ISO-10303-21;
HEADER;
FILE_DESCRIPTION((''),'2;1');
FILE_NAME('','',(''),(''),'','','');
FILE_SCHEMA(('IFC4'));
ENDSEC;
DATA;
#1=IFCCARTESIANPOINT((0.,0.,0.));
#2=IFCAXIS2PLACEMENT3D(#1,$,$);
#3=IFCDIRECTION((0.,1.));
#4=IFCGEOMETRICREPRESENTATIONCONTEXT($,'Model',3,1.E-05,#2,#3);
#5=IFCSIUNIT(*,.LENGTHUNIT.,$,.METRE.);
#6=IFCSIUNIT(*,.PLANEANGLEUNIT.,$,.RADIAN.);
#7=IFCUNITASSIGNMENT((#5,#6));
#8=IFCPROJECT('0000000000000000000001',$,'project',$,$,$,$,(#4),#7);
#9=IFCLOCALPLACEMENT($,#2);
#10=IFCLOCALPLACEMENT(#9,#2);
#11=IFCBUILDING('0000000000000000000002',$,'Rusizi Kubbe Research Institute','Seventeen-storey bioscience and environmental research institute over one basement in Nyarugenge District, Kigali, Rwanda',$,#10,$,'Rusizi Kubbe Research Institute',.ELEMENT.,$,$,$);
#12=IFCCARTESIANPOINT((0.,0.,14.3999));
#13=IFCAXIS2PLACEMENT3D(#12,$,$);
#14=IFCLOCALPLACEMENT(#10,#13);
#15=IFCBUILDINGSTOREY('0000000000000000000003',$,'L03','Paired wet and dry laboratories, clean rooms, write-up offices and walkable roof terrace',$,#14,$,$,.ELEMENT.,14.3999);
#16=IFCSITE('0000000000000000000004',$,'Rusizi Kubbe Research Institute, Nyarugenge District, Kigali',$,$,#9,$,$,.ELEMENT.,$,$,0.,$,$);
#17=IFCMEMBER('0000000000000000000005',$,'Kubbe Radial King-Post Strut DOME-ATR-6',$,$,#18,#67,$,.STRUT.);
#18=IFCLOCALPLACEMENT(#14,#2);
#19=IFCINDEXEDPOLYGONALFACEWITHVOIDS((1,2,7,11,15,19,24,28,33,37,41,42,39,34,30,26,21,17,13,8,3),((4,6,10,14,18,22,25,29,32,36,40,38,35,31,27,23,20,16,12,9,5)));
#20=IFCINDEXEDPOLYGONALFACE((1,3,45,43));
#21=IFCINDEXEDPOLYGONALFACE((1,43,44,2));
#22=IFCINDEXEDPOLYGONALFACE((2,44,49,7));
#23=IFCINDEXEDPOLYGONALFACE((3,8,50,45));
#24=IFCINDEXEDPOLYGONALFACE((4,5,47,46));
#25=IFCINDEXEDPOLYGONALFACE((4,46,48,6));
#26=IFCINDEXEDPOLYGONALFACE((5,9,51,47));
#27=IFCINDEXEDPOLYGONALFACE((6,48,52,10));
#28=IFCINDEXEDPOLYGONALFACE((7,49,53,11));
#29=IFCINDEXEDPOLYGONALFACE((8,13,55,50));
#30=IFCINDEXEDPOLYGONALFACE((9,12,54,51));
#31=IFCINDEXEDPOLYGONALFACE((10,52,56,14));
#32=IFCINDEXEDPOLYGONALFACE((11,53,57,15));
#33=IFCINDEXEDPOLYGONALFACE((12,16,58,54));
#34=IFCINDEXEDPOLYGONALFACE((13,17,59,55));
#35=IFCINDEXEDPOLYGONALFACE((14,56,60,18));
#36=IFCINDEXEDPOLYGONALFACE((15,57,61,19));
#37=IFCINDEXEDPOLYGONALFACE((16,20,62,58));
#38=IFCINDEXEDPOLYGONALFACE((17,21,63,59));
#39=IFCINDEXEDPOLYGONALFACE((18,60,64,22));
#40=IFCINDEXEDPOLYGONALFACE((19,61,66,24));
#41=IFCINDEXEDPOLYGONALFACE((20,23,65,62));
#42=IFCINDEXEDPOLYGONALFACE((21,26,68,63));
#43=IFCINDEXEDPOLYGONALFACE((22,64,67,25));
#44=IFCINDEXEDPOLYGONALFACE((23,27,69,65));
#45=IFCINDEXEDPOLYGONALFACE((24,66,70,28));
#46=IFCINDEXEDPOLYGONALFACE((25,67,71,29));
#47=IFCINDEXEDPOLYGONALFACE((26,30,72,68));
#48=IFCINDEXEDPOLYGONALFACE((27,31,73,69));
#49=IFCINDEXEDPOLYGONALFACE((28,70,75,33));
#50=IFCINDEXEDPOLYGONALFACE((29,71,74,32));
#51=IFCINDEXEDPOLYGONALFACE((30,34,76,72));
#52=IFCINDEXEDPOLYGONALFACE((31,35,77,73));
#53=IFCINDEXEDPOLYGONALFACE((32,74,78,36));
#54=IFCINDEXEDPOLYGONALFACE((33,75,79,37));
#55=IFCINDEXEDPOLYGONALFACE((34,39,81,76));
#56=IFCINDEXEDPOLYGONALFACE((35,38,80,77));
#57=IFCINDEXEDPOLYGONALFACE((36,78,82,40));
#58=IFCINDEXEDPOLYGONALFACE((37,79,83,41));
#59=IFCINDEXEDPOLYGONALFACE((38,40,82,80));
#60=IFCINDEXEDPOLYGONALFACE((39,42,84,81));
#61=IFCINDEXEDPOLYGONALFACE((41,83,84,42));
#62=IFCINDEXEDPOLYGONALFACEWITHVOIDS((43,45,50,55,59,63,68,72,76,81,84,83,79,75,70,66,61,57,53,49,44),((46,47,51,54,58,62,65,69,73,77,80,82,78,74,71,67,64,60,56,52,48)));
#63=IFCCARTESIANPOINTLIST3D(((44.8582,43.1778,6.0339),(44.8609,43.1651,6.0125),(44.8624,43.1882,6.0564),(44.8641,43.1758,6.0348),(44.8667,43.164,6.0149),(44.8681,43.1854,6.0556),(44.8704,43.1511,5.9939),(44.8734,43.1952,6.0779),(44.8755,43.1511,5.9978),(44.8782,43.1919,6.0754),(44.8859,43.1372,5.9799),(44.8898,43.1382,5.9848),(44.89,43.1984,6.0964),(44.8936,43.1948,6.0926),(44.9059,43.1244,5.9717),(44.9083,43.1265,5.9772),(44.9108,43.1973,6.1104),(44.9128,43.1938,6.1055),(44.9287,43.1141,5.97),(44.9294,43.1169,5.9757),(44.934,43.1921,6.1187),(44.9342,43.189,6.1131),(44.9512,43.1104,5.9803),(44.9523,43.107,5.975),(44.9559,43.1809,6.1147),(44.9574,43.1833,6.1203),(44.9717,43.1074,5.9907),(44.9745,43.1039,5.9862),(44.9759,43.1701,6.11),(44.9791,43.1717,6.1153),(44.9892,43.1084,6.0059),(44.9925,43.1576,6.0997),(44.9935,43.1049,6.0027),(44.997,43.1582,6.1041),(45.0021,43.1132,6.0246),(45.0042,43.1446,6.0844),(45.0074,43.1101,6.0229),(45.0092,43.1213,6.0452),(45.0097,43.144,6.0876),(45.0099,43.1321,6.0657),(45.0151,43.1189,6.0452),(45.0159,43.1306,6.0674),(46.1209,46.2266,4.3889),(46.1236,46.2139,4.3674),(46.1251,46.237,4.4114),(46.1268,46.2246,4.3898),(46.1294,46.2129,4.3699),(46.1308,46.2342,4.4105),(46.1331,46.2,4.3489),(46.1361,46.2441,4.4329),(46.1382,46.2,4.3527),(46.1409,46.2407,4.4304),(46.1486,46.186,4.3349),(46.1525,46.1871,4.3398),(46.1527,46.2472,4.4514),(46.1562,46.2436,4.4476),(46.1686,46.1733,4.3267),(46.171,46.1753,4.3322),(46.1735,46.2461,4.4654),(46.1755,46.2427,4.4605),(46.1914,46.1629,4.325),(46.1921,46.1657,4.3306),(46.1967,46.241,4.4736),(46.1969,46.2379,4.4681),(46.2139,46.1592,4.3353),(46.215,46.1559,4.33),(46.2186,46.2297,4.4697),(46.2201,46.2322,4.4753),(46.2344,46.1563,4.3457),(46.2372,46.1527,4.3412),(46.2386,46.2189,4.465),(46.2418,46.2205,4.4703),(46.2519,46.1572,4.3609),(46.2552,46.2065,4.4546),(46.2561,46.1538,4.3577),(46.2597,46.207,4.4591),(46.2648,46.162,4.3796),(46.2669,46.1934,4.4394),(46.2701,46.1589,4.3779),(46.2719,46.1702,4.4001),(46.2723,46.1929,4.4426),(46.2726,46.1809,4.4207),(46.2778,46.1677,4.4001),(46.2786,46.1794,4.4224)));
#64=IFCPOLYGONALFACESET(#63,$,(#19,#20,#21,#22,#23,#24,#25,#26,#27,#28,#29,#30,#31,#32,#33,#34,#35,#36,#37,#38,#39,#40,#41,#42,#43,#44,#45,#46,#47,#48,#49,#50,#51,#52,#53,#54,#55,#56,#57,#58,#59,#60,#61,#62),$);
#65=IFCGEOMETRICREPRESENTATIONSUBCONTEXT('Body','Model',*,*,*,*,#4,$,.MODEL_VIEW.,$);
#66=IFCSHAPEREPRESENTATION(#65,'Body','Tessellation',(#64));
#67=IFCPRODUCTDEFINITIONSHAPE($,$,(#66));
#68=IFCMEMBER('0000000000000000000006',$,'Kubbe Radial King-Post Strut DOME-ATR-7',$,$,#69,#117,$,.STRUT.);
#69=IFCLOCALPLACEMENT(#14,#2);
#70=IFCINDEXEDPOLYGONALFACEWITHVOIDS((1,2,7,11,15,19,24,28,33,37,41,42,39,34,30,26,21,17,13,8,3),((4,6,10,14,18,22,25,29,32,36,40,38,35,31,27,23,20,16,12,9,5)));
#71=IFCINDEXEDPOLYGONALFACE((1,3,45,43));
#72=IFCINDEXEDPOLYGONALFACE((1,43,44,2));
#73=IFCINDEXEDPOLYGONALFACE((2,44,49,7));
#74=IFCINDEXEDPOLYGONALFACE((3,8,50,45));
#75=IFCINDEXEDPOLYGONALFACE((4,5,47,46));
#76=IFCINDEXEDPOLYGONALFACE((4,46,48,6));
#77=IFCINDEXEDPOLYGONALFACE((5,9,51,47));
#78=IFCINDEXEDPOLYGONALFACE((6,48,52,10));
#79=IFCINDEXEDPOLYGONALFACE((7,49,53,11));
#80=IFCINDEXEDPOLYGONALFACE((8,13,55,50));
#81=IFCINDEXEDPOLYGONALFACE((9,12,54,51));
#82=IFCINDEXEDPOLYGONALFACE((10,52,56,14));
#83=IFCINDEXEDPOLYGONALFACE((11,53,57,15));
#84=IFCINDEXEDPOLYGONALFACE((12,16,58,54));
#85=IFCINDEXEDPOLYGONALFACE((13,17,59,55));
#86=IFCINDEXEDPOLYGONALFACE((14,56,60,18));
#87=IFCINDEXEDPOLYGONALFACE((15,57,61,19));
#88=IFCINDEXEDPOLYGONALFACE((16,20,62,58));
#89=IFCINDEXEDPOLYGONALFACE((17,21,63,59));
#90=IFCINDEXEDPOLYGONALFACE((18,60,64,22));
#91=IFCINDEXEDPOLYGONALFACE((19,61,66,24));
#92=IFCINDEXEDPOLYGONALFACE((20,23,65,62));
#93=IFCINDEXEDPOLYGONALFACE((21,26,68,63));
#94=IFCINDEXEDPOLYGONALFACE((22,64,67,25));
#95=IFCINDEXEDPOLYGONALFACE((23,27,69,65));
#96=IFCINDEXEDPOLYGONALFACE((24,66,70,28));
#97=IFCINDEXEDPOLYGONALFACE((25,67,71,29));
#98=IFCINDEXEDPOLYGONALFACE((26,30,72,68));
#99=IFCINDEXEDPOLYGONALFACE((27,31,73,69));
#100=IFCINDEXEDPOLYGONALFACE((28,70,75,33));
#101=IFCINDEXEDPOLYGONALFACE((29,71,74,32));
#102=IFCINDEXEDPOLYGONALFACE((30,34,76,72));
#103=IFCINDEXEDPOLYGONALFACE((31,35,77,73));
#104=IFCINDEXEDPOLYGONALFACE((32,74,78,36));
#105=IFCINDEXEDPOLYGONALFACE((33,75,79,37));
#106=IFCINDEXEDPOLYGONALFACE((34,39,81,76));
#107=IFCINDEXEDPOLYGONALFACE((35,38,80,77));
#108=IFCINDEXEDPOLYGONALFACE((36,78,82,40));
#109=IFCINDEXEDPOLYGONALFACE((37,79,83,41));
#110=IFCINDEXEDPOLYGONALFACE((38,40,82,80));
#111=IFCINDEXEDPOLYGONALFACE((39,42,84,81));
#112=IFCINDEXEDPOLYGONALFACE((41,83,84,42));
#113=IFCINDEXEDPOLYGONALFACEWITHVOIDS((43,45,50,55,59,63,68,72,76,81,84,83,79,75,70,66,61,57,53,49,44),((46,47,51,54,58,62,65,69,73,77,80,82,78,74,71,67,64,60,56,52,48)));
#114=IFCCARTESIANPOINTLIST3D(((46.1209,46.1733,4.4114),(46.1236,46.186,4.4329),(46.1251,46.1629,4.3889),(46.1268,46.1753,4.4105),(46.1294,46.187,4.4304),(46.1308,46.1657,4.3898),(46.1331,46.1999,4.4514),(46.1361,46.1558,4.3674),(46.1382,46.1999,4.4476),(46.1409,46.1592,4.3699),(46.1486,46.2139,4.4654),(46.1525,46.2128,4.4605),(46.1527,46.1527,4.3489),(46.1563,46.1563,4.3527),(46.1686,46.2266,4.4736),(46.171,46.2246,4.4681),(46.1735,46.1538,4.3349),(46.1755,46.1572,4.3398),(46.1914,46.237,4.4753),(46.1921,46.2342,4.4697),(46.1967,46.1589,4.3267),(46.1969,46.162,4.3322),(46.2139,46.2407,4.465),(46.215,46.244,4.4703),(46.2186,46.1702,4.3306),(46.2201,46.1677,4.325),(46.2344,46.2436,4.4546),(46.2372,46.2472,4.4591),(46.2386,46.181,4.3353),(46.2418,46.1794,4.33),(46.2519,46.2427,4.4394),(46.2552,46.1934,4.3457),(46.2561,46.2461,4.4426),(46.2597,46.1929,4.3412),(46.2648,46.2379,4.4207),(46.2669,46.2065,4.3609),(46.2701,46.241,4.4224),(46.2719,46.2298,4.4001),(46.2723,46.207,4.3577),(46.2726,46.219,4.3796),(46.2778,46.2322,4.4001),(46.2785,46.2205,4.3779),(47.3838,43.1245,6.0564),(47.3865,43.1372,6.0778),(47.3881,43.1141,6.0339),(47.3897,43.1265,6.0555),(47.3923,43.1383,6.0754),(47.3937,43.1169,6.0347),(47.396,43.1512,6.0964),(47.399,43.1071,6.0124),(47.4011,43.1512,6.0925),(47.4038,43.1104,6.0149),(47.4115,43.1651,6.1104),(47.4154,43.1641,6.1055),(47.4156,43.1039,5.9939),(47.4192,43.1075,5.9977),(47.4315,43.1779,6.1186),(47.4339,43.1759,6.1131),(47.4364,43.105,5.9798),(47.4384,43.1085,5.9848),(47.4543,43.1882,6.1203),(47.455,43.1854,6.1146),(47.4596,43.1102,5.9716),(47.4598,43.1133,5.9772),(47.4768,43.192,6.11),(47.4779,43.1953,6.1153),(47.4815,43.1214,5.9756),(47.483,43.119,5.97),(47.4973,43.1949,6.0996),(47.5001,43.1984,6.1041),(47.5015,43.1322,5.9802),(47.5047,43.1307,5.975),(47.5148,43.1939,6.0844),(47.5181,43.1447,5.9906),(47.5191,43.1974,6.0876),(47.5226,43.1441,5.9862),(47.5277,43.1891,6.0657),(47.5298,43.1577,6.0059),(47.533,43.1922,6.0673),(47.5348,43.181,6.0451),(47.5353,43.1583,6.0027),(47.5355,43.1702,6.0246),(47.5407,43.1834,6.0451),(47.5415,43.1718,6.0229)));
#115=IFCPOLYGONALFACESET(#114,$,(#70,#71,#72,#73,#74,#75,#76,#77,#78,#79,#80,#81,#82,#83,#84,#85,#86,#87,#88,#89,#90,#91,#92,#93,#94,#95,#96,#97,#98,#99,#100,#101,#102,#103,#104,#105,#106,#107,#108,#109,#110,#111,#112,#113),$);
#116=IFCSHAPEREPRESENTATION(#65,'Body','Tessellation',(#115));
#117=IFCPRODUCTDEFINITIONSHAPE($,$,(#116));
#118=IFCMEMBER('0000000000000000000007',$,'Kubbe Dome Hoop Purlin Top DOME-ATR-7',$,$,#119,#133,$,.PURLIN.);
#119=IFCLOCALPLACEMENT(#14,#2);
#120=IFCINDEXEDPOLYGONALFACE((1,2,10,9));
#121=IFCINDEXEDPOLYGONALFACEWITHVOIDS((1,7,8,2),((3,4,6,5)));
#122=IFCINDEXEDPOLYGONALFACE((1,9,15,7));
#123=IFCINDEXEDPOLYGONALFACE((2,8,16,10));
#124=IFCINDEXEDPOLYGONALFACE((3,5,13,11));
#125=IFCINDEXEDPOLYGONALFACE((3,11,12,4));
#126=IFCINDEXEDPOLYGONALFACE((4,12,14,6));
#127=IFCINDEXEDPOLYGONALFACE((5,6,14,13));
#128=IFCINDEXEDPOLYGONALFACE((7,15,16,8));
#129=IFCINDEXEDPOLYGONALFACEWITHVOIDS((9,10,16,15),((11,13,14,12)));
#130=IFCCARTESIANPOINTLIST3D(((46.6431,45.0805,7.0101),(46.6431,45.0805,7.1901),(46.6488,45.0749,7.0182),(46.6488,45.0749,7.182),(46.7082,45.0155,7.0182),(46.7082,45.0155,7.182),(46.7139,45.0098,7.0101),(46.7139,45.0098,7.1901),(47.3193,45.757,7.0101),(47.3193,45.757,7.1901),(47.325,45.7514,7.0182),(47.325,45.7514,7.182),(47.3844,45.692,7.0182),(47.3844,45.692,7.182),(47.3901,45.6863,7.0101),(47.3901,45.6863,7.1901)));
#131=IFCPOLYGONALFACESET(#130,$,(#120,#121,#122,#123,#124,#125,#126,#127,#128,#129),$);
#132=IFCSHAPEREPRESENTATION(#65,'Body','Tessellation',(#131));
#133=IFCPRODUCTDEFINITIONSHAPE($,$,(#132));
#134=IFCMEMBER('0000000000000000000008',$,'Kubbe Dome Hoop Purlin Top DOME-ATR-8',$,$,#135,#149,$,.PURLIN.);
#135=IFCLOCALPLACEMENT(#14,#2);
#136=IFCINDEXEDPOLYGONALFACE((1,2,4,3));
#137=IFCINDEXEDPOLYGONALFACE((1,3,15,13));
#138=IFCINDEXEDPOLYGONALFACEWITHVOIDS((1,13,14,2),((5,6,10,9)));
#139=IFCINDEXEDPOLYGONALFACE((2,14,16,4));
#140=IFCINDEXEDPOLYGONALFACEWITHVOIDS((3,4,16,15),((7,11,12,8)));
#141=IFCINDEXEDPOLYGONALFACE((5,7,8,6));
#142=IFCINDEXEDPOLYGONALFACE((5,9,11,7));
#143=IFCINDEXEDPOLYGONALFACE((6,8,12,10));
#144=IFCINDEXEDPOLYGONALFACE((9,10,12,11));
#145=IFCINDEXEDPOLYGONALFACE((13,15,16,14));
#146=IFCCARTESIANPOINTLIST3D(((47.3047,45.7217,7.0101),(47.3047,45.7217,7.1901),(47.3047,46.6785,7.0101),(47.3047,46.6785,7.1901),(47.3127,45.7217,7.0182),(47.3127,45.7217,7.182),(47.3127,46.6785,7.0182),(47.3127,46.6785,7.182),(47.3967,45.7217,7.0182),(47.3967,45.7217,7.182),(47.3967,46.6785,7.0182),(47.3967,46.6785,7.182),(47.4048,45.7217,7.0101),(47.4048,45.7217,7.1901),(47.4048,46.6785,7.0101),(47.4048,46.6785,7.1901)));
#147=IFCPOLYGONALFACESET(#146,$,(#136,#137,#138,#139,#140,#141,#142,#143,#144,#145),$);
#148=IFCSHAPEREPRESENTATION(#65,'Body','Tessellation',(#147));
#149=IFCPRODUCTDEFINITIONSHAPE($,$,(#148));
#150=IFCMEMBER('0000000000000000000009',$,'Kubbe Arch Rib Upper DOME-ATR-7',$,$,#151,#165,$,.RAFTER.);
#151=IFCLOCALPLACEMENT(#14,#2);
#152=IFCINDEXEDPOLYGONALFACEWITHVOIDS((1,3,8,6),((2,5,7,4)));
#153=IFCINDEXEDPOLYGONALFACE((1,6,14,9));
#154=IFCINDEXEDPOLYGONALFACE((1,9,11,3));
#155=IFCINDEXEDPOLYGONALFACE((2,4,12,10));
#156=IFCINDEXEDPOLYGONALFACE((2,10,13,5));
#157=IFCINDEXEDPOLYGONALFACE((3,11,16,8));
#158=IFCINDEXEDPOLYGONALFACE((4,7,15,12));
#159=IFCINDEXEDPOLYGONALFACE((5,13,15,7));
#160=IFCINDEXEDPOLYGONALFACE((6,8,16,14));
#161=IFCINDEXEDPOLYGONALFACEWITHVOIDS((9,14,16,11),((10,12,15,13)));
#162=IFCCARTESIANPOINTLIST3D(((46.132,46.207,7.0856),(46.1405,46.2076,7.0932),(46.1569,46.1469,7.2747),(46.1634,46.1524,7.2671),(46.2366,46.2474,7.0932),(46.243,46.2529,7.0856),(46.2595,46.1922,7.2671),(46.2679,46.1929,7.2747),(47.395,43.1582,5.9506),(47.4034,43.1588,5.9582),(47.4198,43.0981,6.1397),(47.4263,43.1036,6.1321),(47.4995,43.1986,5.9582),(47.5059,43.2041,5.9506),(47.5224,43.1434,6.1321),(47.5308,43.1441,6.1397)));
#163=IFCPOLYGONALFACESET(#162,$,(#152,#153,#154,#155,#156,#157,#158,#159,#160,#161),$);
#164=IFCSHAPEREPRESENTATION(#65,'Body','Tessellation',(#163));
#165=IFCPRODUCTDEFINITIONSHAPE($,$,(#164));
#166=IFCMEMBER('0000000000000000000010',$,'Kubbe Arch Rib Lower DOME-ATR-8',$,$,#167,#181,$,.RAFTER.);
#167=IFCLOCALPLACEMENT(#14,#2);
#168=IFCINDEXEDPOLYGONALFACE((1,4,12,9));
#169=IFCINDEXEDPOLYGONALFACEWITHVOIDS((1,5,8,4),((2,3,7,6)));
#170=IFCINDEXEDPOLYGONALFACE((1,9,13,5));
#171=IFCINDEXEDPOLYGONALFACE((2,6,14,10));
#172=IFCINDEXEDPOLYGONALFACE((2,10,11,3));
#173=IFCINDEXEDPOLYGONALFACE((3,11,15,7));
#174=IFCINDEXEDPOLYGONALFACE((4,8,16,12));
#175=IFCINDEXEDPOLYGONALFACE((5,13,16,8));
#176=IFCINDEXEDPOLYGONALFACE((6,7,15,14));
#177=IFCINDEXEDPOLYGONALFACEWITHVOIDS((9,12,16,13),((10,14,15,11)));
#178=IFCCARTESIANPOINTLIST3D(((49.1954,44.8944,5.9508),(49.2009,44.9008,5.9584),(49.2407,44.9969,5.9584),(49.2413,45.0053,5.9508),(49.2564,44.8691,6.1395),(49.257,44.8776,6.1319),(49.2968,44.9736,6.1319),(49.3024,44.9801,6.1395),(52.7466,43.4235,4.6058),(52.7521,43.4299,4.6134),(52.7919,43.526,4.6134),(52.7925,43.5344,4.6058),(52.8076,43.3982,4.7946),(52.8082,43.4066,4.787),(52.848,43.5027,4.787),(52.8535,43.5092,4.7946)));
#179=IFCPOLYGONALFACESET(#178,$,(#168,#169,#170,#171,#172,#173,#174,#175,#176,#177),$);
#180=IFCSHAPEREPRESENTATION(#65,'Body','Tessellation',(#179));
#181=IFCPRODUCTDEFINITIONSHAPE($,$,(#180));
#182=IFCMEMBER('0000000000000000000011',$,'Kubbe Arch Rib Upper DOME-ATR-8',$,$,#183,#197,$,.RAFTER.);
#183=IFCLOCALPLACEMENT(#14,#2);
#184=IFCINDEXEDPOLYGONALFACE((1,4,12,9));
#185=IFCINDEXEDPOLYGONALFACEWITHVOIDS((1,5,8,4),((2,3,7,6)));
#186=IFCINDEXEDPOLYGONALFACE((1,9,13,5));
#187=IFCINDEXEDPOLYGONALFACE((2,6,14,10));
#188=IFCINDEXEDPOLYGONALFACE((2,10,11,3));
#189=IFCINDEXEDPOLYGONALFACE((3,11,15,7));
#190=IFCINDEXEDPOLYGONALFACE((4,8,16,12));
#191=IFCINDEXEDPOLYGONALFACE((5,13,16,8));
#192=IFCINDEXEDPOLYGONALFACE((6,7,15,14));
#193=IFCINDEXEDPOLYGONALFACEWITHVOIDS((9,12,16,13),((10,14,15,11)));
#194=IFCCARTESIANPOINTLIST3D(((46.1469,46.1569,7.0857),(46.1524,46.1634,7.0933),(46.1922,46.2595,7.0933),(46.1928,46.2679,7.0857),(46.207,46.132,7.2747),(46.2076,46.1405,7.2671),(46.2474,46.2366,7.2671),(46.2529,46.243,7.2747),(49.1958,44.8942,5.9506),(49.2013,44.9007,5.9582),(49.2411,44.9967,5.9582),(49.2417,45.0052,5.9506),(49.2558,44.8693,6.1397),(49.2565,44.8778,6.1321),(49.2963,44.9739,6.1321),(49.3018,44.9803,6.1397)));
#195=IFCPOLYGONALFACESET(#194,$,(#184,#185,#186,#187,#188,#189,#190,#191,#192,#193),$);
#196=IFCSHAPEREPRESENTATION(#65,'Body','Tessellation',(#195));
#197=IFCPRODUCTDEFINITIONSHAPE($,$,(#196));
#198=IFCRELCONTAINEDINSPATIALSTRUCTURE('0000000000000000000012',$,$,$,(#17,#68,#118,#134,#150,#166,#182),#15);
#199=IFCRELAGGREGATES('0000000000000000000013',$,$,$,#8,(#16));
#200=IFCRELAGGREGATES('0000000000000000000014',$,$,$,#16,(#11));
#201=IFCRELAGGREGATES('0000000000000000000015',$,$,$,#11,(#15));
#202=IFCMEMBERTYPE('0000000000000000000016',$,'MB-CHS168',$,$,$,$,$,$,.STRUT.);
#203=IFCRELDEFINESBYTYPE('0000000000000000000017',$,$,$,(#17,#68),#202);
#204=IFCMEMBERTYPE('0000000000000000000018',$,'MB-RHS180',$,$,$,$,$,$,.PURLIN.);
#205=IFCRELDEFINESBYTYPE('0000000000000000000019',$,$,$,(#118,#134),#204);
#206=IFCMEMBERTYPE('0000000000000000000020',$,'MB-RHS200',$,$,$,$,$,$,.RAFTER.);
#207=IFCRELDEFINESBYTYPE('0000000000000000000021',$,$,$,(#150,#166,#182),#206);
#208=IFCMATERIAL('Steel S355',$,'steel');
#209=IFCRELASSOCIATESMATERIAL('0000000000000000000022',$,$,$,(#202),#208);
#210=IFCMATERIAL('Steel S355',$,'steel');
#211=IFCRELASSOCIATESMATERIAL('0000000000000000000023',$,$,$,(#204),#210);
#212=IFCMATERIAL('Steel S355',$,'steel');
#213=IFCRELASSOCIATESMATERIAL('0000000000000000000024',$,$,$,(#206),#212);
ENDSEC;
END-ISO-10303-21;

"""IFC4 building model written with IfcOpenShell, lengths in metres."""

from ifc_helpers import new_model, si_unit, direction, frame, origin, origin_2d, place, context, subcontext, project, spatial, hollow_rectangle, hollow_circle, extrude, material, material_profile, profile_set, type_object, element, save


model = new_model("IFC4")

# Units and contexts
model_context = context("Model", 3, precision=1e-05, world=origin(), true_north=direction((0.0, 1.0)))
body_context = subcontext(model_context, "Body", "Model", "MODEL_VIEW")
ifc_project = project(units=[si_unit("LENGTHUNIT", "METRE"), si_unit("PLANEANGLEUNIT", "RADIAN")], contexts=[model_context])

# Site, building, storey
site_placement = place(None, origin())
site = spatial("IfcSite", under=ifc_project, at=site_placement, Name="Rusizi Kubbe Research Institute, Nyarugenge District, Kigali", CompositionType="ELEMENT", RefElevation=0.0)
building_placement = place(site_placement, origin())
building = spatial("IfcBuilding", under=site, at=building_placement, Name="Rusizi Kubbe Research Institute", Description="Seventeen-storey bioscience and environmental research institute over one basement in Nyarugenge District, Kigali, Rwanda", LongName="Rusizi Kubbe Research Institute", CompositionType="ELEMENT")
storey_placement = place(building_placement, frame((0.0, 0.0, 14.3999)))
storey = spatial("IfcBuildingStorey", under=building, at=storey_placement, Name="L03", Description="Paired wet and dry laboratories, clean rooms, write-up offices and walkable roof terrace", CompositionType="ELEMENT", Elevation=14.3999)

# Members
ifc_material_1 = material(Name="Steel S355", Category="steel")
ifc_material_profile_1 = material_profile(ifc_material_1, hollow_circle(Radius=0.0842, WallThickness=0.0063, at=origin_2d()), Name="CHS 168.3x6.3")
ifc_profile_set_1 = profile_set([ifc_material_profile_1], Name="Steel S355")
member_type_1 = type_object("IfcMemberType", Name="MB-CHS168", PredefinedType="STRUT", material=ifc_profile_set_1)
for number, where, z_axis, x_axis, name in (
    (1, (46.2, 46.2, 4.4001), (-0.342449, -0.826856, 0.446137), (0.923898, -0.382639, 0.0), "Kubbe Radial King-Post Strut DOME-ATR-6"),
    (2, (46.2, 46.2, 4.4001), (0.342507, -0.826837, 0.446127), (0.923872, 0.382702, 0.0), "Kubbe Radial King-Post Strut DOME-ATR-7"),
):
    element("IfcMember", number, at=place(storey_placement, frame(where, z_axis=z_axis, x_axis=x_axis)), inside=storey, type_object=member_type_1, Name=name, PredefinedType="STRUT", context=body_context, shape_type="SweptSolid", body=[
        extrude(hollow_circle(Radius=0.0842, WallThickness=0.0063, at=origin_2d()), origin(), (0.0, 0.0, 1.0), 3.6873),
    ])
ifc_material_2 = material(Name="Steel S355", Category="steel")
ifc_material_profile_2 = material_profile(ifc_material_2, hollow_rectangle(XDim=0.1001, YDim=0.1799, WallThickness=0.0081, at=origin_2d()), Name="RHS 180x100x8.0")
ifc_profile_set_2 = profile_set([ifc_material_profile_2], Name="Steel S355")
member_type_2 = type_object("IfcMemberType", Name="MB-RHS180", PredefinedType="PURLIN", material=ifc_profile_set_2)
member_1_placement = place(storey_placement, frame((46.6785, 45.0452, 7.1001), z_axis=(0.706979, 0.707234, 0.0), x_axis=(-0.707234, 0.706979, 0.0)))
element("IfcMember", 3, at=member_1_placement, inside=storey, type_object=member_type_2, Name="Kubbe Dome Hoop Purlin Top DOME-ATR-7", PredefinedType="PURLIN", context=body_context, shape_type="SweptSolid", body=[
    extrude(hollow_rectangle(XDim=0.1001, YDim=0.1799, WallThickness=0.0081, at=origin_2d()), origin(), (0.0, 0.0, 1.0), 0.9565),
])
member_2_placement = place(storey_placement, frame((47.3547, 45.7217, 7.1001), z_axis=(0.0, 1.0, 0.0), x_axis=(-1.0, 0.0, 0.0)))
element("IfcMember", 4, at=member_2_placement, inside=storey, type_object=member_type_2, Name="Kubbe Dome Hoop Purlin Top DOME-ATR-8", PredefinedType="PURLIN", context=body_context, shape_type="SweptSolid", body=[
    extrude(hollow_rectangle(XDim=0.1001, YDim=0.1799, WallThickness=0.0081, at=origin_2d()), origin(), (0.0, 0.0, 1.0), 0.9568),
])
ifc_material_3 = material(Name="Steel S355", Category="steel")
ifc_material_profile_3 = material_profile(ifc_material_3, hollow_rectangle(XDim=0.1201, YDim=0.2, WallThickness=0.0081, at=origin_2d()), Name="RHS 200x120x8.0")
ifc_profile_set_3 = profile_set([ifc_material_profile_3], Name="Steel S355")
member_type_3 = type_object("IfcMemberType", Name="MB-RHS200", PredefinedType="RAFTER", material=ifc_profile_set_3)
member_3_placement = place(storey_placement, frame((47.4629, 43.1511, 6.0452), z_axis=(-0.361896, 0.873643, 0.325238), x_axis=(-0.923872, -0.382702, 0.0)))
element("IfcMember", 5, at=member_3_placement, inside=storey, type_object=member_type_3, Name="Kubbe Arch Rib Upper DOME-ATR-7", PredefinedType="RAFTER", context=body_context, shape_type="SweptSolid", body=[
    extrude(hollow_rectangle(XDim=0.1201, YDim=0.2, WallThickness=0.0081, at=origin_2d()), origin(), (0.0, 0.0, 1.0), 3.4897),
])
member_4_placement = place(storey_placement, frame((52.8, 43.4663, 4.7002), z_axis=(-0.872041, 0.361202, 0.330268), x_axis=(-0.382675, -0.923883, 0.0)))
element("IfcMember", 6, at=member_4_placement, inside=storey, type_object=member_type_3, Name="Kubbe Arch Rib Lower DOME-ATR-8", PredefinedType="RAFTER", context=body_context, shape_type="SweptSolid", body=[
    extrude(hollow_rectangle(XDim=0.1201, YDim=0.2, WallThickness=0.0081, at=origin_2d()), origin(), (0.0, 0.0, 1.0), 4.0723),
])
member_5_placement = place(storey_placement, frame((49.2488, 44.9373, 6.0452), z_axis=(-0.873665, 0.361835, 0.325246), x_axis=(-0.382639, -0.923898, 0.0)))
element("IfcMember", 7, at=member_5_placement, inside=storey, type_object=member_type_3, Name="Kubbe Arch Rib Upper DOME-ATR-8", PredefinedType="RAFTER", context=body_context, shape_type="SweptSolid", body=[
    extrude(hollow_rectangle(XDim=0.1201, YDim=0.2, WallThickness=0.0081, at=origin_2d()), origin(), (0.0, 0.0, 1.0), 3.4897),
])

save(model, "model.ifc")
